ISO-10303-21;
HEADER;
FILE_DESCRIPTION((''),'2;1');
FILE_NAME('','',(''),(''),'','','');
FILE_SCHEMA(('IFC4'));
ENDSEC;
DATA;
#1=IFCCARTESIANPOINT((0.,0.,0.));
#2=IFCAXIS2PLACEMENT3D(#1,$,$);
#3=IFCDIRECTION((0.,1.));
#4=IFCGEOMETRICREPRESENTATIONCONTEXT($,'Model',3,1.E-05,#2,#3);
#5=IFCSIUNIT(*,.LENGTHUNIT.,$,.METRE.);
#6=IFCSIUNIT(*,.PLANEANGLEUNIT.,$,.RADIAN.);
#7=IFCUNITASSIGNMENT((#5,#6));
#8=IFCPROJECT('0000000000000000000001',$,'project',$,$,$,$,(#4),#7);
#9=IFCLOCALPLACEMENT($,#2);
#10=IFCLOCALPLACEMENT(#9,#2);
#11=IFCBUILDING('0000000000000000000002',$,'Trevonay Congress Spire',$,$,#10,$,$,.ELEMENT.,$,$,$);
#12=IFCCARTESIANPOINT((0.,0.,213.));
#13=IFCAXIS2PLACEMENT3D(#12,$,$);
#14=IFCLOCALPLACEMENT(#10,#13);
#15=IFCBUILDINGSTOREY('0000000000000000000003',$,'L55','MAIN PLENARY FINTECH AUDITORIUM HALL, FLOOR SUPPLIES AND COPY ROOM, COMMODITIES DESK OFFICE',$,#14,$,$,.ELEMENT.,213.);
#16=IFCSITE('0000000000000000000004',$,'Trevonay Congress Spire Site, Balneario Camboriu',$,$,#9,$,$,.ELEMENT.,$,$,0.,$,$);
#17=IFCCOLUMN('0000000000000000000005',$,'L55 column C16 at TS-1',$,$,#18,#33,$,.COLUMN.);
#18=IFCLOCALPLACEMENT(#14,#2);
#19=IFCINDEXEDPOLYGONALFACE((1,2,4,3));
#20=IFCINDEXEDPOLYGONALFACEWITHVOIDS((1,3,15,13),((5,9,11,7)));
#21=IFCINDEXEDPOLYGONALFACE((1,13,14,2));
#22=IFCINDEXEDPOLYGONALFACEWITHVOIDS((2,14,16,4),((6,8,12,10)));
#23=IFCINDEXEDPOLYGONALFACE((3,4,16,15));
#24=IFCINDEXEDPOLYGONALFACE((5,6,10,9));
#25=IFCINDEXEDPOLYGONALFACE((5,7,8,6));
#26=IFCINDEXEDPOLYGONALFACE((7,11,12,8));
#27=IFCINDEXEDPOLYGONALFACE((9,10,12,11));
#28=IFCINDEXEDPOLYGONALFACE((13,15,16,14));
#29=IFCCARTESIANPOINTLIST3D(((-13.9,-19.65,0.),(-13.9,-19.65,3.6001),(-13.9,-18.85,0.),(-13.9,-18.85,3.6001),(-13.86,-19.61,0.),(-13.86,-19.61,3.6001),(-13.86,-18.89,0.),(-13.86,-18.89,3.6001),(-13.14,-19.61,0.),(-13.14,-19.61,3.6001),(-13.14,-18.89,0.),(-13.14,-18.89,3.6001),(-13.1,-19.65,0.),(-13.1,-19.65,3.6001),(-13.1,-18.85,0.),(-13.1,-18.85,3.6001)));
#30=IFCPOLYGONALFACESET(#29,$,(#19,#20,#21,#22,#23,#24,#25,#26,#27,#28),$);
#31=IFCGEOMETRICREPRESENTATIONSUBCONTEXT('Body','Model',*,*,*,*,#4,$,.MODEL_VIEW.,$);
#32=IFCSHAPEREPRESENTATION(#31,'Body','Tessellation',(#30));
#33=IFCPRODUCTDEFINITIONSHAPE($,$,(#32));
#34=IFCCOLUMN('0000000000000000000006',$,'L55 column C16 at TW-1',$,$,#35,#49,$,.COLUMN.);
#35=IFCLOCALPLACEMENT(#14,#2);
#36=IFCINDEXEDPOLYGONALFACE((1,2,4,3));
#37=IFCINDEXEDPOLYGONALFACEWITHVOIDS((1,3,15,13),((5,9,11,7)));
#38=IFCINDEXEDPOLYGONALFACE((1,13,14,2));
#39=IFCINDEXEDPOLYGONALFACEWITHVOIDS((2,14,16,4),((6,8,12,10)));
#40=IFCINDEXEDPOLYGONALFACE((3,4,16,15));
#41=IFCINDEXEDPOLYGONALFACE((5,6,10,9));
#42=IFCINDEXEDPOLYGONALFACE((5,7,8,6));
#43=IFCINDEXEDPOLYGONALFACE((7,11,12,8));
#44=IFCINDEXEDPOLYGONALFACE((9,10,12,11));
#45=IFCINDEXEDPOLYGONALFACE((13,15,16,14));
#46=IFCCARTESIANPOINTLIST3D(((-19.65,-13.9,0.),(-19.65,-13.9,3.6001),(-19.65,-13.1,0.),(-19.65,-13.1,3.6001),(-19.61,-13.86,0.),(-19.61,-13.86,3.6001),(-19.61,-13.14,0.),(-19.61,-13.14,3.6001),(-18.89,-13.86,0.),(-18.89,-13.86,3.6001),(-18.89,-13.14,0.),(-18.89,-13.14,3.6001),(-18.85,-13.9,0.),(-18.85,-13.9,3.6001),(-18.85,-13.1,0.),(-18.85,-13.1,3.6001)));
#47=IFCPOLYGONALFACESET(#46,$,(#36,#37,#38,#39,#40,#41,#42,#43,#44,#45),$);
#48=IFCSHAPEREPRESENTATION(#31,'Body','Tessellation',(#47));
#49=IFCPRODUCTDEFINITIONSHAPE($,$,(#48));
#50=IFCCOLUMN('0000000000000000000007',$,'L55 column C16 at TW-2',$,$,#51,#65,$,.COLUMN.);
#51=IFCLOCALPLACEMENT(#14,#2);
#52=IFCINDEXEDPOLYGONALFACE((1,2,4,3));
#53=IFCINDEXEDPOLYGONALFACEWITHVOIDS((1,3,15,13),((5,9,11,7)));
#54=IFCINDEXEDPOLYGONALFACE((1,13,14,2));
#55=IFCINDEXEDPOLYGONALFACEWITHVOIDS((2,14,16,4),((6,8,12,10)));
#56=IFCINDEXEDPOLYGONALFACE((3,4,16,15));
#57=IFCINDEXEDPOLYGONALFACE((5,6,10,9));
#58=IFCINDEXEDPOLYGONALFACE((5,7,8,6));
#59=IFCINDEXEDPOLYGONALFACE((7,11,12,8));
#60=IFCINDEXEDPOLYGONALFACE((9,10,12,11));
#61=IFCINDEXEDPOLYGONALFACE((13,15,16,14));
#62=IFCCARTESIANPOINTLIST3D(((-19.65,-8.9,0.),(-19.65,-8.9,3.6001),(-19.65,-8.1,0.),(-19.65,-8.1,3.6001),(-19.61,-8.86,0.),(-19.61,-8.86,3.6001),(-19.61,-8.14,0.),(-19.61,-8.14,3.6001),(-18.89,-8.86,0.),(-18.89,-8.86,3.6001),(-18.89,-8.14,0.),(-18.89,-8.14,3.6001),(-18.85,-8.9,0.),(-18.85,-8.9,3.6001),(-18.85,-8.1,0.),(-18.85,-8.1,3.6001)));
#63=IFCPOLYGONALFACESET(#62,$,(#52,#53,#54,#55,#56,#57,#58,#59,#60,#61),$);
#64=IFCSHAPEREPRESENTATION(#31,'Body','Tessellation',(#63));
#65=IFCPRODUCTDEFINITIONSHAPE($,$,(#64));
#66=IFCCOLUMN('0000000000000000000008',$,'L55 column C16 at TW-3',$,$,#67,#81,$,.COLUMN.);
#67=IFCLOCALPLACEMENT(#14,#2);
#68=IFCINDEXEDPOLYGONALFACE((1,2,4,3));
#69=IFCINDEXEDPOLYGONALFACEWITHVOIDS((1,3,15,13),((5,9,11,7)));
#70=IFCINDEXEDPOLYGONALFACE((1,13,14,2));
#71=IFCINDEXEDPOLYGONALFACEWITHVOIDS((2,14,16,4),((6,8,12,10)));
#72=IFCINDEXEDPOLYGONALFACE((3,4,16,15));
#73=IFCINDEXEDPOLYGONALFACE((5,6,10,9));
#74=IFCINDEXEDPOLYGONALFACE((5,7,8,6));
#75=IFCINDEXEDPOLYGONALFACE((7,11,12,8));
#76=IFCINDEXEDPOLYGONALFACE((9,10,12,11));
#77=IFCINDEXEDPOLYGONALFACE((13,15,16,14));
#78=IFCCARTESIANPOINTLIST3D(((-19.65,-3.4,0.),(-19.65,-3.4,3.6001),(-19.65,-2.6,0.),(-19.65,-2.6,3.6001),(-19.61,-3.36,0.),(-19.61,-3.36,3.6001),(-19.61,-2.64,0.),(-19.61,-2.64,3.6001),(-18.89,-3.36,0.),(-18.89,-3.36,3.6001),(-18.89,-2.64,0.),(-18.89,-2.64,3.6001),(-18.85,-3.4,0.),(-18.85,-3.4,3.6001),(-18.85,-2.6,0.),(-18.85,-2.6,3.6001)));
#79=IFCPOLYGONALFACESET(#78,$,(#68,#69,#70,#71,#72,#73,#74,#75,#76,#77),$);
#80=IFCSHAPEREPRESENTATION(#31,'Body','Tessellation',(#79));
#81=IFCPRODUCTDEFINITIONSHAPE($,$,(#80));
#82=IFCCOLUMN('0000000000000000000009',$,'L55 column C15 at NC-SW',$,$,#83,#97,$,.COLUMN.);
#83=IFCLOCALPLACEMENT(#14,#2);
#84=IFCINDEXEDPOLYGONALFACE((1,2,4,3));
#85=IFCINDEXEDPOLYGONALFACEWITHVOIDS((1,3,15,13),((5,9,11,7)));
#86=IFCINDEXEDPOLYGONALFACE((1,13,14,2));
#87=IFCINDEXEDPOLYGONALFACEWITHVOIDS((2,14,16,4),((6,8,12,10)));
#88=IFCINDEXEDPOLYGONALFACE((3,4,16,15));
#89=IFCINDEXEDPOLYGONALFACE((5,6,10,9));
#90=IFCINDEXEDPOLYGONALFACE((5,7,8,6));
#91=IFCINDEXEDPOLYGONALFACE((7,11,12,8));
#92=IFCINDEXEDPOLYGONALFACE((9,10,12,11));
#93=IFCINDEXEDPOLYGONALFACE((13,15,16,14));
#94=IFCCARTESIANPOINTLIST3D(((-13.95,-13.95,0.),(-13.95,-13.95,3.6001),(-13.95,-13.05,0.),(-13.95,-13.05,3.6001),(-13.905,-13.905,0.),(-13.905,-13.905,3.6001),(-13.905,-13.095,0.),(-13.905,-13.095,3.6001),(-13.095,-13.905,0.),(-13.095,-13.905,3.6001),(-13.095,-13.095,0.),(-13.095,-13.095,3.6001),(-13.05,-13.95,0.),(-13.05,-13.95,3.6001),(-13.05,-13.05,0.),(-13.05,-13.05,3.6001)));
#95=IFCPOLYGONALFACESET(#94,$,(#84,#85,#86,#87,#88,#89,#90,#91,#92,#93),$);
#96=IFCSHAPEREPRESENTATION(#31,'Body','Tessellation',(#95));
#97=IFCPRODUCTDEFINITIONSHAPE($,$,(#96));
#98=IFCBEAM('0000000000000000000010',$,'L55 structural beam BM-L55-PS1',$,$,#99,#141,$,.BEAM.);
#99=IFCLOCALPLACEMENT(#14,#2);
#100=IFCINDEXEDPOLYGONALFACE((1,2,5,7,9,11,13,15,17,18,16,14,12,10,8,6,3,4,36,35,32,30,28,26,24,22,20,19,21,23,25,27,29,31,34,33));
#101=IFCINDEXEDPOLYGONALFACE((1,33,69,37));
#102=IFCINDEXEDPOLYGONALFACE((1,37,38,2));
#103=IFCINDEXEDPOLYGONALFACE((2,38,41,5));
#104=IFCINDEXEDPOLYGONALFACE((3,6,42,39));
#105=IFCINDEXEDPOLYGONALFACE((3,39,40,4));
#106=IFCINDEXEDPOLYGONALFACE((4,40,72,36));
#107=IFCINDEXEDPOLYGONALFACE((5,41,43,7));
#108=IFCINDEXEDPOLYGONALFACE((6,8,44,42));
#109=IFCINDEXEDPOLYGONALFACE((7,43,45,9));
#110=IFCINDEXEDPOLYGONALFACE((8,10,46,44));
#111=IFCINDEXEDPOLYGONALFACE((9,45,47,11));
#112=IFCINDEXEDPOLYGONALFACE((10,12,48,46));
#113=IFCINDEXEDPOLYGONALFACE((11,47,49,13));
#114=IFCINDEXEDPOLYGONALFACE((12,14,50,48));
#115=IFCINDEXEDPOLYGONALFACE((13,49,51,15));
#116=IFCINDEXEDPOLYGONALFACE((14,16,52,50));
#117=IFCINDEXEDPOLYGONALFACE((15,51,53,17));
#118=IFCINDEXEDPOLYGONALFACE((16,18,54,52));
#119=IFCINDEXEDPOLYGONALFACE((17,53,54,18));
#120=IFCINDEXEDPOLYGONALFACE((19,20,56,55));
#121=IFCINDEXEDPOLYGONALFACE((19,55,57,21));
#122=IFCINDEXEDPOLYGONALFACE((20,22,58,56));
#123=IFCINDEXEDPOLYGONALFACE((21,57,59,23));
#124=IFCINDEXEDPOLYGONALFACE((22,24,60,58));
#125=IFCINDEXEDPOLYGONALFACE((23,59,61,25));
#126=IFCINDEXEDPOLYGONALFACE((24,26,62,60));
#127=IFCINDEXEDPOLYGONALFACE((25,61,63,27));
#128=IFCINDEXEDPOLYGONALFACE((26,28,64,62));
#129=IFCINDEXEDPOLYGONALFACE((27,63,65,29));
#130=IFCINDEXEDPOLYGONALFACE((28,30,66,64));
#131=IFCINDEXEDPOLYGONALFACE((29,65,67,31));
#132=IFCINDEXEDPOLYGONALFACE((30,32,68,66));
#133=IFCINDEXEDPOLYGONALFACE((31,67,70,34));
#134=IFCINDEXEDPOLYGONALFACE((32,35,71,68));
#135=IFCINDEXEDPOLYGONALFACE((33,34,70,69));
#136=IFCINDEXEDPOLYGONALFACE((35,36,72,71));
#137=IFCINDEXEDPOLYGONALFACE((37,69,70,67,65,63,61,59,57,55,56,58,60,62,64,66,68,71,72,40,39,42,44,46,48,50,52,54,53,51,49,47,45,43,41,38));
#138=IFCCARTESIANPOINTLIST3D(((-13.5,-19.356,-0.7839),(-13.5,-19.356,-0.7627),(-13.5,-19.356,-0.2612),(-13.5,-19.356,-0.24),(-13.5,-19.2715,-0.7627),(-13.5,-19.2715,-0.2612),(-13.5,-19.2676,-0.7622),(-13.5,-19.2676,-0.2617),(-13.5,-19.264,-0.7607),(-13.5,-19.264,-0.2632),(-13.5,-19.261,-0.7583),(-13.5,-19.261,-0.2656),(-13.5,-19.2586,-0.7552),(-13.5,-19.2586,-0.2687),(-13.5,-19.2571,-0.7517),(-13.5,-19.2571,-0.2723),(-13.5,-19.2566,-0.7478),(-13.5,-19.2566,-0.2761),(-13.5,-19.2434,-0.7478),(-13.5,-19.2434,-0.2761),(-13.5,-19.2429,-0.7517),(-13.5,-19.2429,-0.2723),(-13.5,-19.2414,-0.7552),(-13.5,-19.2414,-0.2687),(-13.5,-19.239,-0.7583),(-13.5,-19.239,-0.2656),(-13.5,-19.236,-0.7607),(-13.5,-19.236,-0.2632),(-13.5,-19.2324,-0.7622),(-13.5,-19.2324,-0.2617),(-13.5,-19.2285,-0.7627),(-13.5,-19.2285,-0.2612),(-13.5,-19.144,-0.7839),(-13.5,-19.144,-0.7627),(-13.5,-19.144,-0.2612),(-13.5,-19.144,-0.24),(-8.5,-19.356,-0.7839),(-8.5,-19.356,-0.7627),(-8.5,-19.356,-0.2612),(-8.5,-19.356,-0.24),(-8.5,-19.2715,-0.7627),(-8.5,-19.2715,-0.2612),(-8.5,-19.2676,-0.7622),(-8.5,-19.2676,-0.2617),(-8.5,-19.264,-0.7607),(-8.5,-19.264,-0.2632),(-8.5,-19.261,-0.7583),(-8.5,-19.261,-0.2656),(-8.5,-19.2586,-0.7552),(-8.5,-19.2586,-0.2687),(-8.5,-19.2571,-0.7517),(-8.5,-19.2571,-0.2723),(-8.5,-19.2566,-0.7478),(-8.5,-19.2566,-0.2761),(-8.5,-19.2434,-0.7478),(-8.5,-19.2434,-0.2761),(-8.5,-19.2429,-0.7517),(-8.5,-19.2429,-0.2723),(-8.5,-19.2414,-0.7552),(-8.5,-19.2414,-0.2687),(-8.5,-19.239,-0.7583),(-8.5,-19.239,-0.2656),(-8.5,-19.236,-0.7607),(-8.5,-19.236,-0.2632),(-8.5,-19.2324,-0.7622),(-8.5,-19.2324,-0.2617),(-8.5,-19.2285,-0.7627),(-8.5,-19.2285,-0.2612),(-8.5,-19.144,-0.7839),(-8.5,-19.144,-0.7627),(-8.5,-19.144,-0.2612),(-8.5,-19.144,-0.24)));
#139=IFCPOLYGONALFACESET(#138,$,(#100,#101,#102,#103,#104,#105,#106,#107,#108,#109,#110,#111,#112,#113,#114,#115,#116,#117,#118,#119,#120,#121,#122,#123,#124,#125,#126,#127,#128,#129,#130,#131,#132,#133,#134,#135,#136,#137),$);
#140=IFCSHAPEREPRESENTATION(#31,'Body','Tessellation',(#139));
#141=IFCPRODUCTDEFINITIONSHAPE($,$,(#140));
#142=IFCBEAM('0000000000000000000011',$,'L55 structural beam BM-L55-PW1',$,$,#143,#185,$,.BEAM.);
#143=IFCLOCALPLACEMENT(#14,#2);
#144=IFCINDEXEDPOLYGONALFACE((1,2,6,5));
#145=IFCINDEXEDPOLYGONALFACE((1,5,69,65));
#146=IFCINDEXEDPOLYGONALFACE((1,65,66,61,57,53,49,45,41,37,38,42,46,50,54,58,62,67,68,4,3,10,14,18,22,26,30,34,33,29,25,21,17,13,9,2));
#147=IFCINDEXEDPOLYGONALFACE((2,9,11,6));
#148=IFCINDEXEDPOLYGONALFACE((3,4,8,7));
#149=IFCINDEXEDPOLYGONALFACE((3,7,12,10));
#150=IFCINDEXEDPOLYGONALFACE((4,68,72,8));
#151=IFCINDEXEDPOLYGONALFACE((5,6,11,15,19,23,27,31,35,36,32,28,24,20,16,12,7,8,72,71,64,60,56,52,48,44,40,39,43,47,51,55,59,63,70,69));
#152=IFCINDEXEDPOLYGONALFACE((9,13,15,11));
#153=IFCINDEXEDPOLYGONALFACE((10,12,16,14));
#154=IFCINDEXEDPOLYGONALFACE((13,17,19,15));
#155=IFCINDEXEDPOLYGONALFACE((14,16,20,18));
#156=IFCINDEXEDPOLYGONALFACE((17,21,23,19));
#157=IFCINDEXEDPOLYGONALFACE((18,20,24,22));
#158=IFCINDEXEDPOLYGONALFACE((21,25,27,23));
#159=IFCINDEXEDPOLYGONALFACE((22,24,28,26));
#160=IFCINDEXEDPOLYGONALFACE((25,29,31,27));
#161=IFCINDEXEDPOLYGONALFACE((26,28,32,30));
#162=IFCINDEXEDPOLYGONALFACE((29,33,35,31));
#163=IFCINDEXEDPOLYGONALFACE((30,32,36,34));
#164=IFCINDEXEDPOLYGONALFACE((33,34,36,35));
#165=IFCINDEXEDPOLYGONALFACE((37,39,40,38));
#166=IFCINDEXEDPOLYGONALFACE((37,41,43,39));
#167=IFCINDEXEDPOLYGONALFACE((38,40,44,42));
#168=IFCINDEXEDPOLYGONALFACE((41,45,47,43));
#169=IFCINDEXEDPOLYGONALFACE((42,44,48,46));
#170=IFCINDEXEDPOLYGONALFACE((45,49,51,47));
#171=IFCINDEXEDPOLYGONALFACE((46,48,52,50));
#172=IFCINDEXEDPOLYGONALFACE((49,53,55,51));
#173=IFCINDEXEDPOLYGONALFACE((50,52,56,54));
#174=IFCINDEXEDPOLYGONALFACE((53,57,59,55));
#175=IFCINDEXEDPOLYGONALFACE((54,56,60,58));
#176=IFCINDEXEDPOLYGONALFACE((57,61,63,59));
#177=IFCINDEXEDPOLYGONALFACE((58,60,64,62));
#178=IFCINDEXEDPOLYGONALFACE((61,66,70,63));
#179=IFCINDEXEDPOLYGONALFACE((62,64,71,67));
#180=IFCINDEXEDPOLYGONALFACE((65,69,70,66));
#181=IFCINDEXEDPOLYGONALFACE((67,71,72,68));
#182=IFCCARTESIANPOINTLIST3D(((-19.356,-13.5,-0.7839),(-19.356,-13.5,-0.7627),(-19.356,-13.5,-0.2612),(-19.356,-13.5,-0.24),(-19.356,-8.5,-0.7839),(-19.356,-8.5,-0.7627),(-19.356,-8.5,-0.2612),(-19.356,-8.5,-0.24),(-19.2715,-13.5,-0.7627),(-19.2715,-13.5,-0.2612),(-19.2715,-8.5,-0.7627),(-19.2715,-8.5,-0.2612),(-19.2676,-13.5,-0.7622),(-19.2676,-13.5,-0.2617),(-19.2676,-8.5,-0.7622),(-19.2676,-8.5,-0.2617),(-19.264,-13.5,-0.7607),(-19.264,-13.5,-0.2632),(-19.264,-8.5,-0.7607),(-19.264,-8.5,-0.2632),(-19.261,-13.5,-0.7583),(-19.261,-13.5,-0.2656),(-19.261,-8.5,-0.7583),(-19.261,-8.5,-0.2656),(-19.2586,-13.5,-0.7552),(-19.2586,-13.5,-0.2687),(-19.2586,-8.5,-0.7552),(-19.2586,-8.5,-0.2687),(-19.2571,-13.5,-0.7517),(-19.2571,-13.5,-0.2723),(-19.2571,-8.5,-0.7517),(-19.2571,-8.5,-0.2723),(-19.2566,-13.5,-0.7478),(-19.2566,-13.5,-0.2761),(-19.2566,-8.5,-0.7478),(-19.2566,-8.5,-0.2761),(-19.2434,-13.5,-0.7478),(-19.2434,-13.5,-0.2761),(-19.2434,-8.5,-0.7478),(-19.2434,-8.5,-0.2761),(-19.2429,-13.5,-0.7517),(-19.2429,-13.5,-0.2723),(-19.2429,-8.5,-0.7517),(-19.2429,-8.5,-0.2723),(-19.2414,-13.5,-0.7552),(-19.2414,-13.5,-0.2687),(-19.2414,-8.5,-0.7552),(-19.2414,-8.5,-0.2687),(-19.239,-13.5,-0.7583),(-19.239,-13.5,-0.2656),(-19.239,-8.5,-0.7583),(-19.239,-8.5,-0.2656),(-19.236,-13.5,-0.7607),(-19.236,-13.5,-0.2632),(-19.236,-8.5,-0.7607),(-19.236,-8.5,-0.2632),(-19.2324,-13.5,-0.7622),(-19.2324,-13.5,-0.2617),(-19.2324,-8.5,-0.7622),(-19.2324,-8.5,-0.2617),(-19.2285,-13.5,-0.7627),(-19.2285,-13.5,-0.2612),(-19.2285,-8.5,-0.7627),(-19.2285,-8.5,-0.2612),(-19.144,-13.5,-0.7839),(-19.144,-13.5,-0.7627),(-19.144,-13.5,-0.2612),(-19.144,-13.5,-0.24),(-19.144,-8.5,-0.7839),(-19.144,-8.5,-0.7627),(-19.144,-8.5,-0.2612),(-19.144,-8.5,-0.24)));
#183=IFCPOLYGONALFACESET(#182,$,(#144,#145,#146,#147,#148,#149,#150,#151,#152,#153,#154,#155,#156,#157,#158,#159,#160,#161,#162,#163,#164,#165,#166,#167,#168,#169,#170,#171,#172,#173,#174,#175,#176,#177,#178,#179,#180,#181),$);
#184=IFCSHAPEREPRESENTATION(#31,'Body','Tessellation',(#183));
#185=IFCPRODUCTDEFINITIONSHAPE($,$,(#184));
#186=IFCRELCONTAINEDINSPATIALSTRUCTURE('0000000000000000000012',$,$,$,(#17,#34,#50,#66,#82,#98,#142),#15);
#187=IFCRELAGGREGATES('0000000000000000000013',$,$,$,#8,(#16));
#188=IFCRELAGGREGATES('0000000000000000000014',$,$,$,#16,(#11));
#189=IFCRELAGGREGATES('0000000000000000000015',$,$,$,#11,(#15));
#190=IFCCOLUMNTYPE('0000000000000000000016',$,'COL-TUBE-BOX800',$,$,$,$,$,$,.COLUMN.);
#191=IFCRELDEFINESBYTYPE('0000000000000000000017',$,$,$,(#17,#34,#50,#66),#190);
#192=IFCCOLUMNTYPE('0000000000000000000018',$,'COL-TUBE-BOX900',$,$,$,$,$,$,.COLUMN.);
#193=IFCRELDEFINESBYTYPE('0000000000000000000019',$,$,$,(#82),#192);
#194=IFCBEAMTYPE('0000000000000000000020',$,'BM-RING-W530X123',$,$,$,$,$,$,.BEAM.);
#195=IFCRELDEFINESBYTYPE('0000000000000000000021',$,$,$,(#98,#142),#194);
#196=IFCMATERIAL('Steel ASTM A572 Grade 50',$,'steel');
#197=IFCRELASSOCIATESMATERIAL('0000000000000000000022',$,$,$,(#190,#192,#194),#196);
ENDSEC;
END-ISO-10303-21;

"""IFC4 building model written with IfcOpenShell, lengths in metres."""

from ifc_helpers import new_model, si_unit, direction, frame, origin, origin_2d, place, context, subcontext, project, spatial, hollow_rectangle, i_section, extrude, material, material_profile, profile_set, type_object, element, save


model = new_model("IFC4")

# Units and contexts
model_context = context("Model", 3, precision=1e-05, world=origin(), true_north=direction((0.0, 1.0)))
body_context = subcontext(model_context, "Body", "Model", "MODEL_VIEW")
ifc_project = project(units=[si_unit("LENGTHUNIT", "METRE"), si_unit("PLANEANGLEUNIT", "RADIAN")], contexts=[model_context])

# Site, building, storey
site_placement = place(None, origin())
site = spatial("IfcSite", under=ifc_project, at=site_placement, Name="Trevonay Congress Spire Site, Balneario Camboriu", CompositionType="ELEMENT", RefElevation=0.0)
building_placement = place(site_placement, origin())
building = spatial("IfcBuilding", under=site, at=building_placement, Name="Trevonay Congress Spire", CompositionType="ELEMENT")
storey_placement = place(building_placement, frame((0.0, 0.0, 213.0)))
storey = spatial("IfcBuildingStorey", under=building, at=storey_placement, Name="L55", Description="MAIN PLENARY FINTECH AUDITORIUM HALL, FLOOR SUPPLIES AND COPY ROOM, COMMODITIES DESK OFFICE", CompositionType="ELEMENT", Elevation=213.0)

# Columns
ifc_material_1 = material(Name="Steel ASTM A572 Grade 50", Category="steel")
ifc_material_profile_1 = material_profile(ifc_material_1, hollow_rectangle(XDim=0.8, YDim=0.8, WallThickness=0.04, at=origin_2d()), Name="BOX 800x800x40")
ifc_profile_set_1 = profile_set([ifc_material_profile_1], Name="Steel ASTM A572 Grade 50")
column_type_1 = type_object("IfcColumnType", Name="COL-TUBE-BOX800", PredefinedType="COLUMN", material=ifc_profile_set_1)
for number, where, z_axis, x_axis, name in (
    (1, (-13.5, -19.25, 0.0), (0.0, 0.0, 1.0), (1.0, 0.0, 0.0), "L55 column C16 at TS-1"),
    (2, (-19.25, -13.5, 0.0), (0.0, 0.0, 1.0), (1.0, 0.0, 0.0), "L55 column C16 at TW-1"),
    (3, (-19.25, -8.5, 0.0), (0.0, 0.0, 1.0), (1.0, 0.0, 0.0), "L55 column C16 at TW-2"),
    (4, (-19.25, -3.0, 0.0), (0.0, 0.0, 1.0), (1.0, 0.0, 0.0), "L55 column C16 at TW-3"),
):
    element("IfcColumn", number, at=place(storey_placement, frame(where, z_axis=z_axis, x_axis=x_axis)), inside=storey, type_object=column_type_1, Name=name, PredefinedType="COLUMN", context=body_context, shape_type="SweptSolid", body=[
        extrude(hollow_rectangle(XDim=0.8, YDim=0.8, WallThickness=0.04, at=origin_2d()), origin(), (0.0, 0.0, 1.0), 3.6001),
    ])
ifc_material_profile_2 = material_profile(ifc_material_1, hollow_rectangle(XDim=0.8999, YDim=0.8999, WallThickness=0.0449, at=origin_2d()), Name="BOX 900x900x45")
ifc_profile_set_2 = profile_set([ifc_material_profile_2], Name="Steel ASTM A572 Grade 50")
column_type_2 = type_object("IfcColumnType", Name="COL-TUBE-BOX900", PredefinedType="COLUMN", material=ifc_profile_set_2)
column_placement = place(storey_placement, frame((-13.5, -13.5, 0.0), z_axis=(0.0, 0.0, 1.0), x_axis=(1.0, 0.0, 0.0)))
element("IfcColumn", 5, at=column_placement, inside=storey, type_object=column_type_2, Name="L55 column C15 at NC-SW", PredefinedType="COLUMN", context=body_context, shape_type="SweptSolid", body=[
    extrude(hollow_rectangle(XDim=0.8999, YDim=0.8999, WallThickness=0.0449, at=origin_2d()), origin(), (0.0, 0.0, 1.0), 3.6001),
])

# Beams
ifc_material_profile_3 = material_profile(ifc_material_1, i_section(OverallWidth=0.2119, OverallDepth=0.5439, WebThickness=0.0132, FlangeThickness=0.0212, FilletRadius=0.0149, at=origin_2d()), Name="W530x123")
ifc_profile_set_3 = profile_set([ifc_material_profile_3], Name="Steel ASTM A572 Grade 50")
beam_type_1 = type_object("IfcBeamType", Name="BM-RING-W530X123", PredefinedType="BEAM", material=ifc_profile_set_3)
for number, where, z_axis, x_axis, name in (
    (6, (-13.5, -19.25, -0.512), (1.0, 0.0, 0.0), (0.0, 1.0, 0.0), "L55 structural beam BM-L55-PS1"),
    (7, (-19.25, -13.5, -0.512), (0.0, 1.0, 0.0), (-1.0, 0.0, 0.0), "L55 structural beam BM-L55-PW1"),
):
    element("IfcBeam", number, at=place(storey_placement, frame(where, z_axis=z_axis, x_axis=x_axis)), inside=storey, type_object=beam_type_1, Name=name, PredefinedType="BEAM", context=body_context, shape_type="SweptSolid", body=[
        extrude(i_section(OverallWidth=0.2119, OverallDepth=0.5439, WebThickness=0.0132, FlangeThickness=0.0212, FilletRadius=0.0149, at=origin_2d()), origin(), (0.0, 0.0, 1.0), 5.0),
    ])

save(model, "model.ifc")
